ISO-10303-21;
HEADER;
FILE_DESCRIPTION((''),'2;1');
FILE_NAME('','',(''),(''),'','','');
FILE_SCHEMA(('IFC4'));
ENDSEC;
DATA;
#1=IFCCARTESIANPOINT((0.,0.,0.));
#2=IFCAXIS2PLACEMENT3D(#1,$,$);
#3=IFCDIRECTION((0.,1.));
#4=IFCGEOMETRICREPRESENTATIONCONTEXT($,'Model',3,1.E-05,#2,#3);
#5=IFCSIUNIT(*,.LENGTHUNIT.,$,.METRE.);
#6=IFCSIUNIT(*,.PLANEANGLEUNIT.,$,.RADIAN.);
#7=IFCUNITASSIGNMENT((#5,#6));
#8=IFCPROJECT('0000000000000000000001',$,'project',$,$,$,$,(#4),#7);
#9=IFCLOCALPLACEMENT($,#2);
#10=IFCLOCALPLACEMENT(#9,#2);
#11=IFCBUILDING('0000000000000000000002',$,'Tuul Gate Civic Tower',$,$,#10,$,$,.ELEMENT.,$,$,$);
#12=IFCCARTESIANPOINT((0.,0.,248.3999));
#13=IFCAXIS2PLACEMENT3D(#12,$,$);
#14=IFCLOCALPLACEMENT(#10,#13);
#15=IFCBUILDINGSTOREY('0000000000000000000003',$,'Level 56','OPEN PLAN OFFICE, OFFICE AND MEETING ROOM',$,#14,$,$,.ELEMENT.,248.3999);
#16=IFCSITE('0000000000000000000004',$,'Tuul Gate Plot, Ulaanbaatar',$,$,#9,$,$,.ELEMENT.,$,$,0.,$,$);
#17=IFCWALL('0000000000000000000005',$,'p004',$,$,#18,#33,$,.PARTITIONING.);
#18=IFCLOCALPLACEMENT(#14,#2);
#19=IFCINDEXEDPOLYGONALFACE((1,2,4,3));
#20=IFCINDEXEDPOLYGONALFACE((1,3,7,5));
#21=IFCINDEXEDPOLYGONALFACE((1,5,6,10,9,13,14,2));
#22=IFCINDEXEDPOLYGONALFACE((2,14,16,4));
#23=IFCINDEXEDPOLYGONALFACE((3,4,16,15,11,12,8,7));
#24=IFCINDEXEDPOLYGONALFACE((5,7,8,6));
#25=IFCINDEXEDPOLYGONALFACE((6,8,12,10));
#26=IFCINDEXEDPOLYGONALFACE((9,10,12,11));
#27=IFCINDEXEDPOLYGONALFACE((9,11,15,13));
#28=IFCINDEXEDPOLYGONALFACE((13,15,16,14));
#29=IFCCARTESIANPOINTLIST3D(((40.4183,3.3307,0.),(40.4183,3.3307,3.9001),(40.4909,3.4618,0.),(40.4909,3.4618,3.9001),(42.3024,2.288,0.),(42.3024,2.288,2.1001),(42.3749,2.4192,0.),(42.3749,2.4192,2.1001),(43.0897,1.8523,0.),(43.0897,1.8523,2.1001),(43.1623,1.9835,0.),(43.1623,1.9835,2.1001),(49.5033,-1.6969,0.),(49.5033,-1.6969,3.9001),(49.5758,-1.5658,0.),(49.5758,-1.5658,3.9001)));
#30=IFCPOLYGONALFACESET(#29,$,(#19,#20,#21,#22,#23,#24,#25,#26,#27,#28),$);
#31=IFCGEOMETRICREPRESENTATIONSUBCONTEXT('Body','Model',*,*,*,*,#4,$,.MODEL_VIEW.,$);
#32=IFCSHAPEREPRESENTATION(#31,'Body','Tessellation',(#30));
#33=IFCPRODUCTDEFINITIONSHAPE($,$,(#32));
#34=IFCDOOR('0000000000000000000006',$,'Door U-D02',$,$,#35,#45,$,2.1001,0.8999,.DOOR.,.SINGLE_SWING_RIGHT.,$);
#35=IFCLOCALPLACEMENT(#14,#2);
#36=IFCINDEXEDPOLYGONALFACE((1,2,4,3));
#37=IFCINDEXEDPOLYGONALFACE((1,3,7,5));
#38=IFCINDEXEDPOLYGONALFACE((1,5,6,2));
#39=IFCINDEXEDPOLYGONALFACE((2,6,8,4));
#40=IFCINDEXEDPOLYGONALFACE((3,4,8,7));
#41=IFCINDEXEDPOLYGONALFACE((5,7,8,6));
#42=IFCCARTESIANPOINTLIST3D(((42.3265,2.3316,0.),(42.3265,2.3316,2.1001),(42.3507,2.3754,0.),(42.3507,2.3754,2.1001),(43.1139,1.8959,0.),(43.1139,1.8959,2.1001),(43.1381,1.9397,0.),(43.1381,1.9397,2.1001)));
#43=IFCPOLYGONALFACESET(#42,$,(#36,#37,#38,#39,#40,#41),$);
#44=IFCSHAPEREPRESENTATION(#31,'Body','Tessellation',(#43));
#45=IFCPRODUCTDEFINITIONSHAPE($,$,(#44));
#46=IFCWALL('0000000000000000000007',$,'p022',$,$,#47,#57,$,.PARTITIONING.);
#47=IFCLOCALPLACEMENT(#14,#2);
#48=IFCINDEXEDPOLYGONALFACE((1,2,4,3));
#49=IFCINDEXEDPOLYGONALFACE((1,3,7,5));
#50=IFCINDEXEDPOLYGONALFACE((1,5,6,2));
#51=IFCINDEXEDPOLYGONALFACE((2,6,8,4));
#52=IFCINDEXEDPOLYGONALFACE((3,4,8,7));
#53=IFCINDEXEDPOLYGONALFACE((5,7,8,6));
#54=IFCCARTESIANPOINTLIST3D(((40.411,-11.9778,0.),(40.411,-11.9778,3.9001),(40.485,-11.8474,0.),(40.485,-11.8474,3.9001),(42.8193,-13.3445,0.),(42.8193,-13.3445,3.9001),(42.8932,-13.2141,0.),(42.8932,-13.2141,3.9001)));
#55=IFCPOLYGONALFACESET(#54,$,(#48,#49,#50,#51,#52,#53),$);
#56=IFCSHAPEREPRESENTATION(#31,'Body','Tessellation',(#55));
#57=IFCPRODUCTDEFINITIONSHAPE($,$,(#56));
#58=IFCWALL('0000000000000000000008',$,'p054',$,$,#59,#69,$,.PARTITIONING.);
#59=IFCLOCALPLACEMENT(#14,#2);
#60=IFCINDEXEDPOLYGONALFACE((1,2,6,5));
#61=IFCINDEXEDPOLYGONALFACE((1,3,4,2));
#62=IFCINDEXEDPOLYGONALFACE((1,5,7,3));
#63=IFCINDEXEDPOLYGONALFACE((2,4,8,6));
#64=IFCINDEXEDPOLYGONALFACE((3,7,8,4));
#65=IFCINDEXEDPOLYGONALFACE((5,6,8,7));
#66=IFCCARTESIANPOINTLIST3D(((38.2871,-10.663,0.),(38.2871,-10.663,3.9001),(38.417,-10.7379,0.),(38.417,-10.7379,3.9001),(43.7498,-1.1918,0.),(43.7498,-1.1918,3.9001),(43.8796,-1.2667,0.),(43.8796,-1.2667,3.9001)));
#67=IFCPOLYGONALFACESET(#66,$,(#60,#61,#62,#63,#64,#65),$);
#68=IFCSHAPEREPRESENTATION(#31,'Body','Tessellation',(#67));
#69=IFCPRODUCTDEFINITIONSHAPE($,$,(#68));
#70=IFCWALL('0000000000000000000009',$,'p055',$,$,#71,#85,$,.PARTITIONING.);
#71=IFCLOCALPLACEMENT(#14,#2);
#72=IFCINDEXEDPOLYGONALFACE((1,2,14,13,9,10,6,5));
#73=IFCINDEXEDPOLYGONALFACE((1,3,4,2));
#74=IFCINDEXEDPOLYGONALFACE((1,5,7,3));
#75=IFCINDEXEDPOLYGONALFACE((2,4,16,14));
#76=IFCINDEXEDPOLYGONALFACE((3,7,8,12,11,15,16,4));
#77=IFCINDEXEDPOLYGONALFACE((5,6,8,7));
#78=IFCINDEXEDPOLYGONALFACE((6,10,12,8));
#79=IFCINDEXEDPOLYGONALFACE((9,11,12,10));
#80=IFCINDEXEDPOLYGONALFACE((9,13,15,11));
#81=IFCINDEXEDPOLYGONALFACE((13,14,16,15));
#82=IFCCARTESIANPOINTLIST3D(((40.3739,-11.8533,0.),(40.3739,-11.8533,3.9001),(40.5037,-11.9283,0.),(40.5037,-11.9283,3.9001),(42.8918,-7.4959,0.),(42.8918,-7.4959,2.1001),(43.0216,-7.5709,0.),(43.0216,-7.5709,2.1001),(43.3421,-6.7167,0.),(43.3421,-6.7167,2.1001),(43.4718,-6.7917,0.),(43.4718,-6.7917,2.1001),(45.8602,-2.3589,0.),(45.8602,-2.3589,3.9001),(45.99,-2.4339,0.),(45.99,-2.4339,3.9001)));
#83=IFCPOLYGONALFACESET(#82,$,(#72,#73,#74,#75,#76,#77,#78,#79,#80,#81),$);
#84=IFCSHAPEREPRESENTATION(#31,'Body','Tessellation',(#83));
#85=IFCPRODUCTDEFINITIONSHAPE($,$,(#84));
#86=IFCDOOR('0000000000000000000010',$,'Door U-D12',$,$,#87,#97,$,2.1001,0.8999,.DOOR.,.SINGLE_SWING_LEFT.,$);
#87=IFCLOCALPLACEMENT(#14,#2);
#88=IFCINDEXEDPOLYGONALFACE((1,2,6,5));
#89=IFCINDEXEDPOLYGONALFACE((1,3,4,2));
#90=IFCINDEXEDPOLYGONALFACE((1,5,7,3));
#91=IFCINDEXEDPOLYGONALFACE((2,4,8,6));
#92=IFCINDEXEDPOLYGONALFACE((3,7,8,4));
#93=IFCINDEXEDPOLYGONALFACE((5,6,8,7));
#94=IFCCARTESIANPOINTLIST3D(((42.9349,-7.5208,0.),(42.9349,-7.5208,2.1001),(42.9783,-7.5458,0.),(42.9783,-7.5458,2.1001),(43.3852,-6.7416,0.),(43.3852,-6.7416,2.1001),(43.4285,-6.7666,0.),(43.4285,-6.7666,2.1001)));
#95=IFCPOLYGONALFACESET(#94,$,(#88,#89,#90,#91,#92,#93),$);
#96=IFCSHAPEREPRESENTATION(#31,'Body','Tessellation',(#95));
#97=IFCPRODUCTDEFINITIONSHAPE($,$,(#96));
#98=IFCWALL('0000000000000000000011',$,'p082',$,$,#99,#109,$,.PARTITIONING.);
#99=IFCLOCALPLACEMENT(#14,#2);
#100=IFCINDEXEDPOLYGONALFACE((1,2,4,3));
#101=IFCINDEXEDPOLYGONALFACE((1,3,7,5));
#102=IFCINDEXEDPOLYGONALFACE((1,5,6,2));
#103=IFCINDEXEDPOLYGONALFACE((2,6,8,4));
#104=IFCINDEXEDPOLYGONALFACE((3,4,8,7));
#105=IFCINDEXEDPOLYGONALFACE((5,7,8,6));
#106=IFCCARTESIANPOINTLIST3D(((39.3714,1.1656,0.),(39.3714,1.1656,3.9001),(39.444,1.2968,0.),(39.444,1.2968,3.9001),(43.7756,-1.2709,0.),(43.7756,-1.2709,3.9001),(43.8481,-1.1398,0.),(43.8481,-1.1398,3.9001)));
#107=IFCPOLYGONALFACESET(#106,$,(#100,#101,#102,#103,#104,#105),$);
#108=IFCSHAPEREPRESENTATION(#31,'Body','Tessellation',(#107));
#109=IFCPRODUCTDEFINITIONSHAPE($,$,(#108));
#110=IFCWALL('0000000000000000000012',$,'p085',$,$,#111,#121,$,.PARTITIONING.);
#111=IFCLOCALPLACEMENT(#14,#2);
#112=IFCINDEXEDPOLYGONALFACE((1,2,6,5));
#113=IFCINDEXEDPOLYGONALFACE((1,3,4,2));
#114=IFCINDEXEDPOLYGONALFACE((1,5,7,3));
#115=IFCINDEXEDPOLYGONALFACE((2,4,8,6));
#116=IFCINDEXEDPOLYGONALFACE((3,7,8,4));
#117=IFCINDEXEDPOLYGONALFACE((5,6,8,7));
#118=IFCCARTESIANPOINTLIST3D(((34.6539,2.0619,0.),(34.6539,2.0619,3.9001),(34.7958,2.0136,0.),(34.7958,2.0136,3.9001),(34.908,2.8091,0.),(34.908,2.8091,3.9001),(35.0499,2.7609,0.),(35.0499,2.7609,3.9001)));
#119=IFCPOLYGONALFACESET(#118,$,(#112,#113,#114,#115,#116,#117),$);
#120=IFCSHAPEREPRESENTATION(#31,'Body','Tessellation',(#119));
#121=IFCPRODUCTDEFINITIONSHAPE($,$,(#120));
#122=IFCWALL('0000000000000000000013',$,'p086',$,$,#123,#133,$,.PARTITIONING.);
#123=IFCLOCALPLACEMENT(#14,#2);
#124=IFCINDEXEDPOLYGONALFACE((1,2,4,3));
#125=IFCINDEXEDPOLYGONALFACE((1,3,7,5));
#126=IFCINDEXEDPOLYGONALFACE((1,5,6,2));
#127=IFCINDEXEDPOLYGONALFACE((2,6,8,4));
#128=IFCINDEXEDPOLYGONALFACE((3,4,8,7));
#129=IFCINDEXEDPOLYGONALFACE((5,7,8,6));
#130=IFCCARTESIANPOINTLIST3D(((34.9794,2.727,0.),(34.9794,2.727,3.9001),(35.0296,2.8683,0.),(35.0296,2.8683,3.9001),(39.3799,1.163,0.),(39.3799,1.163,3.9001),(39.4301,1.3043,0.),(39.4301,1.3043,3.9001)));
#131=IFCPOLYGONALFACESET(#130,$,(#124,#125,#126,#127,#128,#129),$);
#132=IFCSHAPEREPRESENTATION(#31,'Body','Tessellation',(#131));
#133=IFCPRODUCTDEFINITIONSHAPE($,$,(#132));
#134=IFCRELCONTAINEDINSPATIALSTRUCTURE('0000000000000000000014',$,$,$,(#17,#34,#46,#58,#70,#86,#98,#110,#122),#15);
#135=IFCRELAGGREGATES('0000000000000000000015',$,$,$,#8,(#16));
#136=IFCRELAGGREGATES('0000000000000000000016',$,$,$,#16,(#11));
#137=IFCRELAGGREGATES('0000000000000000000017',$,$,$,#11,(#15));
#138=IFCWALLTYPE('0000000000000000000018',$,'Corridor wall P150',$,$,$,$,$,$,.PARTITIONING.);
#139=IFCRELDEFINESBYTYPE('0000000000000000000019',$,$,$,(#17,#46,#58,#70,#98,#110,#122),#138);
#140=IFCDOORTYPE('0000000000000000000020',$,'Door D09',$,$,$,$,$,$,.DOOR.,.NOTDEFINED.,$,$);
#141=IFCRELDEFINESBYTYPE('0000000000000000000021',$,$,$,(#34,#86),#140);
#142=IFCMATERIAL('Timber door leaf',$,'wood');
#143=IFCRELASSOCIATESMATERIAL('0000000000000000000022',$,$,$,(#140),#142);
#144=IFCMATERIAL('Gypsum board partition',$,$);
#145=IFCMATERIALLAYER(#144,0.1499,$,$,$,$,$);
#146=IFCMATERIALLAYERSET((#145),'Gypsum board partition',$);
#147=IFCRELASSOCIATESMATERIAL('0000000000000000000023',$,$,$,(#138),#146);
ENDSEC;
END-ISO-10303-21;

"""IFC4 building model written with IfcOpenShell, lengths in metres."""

from ifc_helpers import new_model, si_unit, direction, frame, frame_2d, origin, place, context, subcontext, project, spatial, rectangle, extrude, material, layer, layer_set, type_object, element, fill, save


model = new_model("IFC4")

# Units and contexts
model_context = context("Model", 3, precision=1e-05, world=origin(), true_north=direction((0.0, 1.0)))
body_context = subcontext(model_context, "Body", "Model", "MODEL_VIEW")
ifc_project = project(units=[si_unit("LENGTHUNIT", "METRE"), si_unit("PLANEANGLEUNIT", "RADIAN")], contexts=[model_context])

# Site, building, storey
site_placement = place(None, origin())
site = spatial("IfcSite", under=ifc_project, at=site_placement, Name="Tuul Gate Plot, Ulaanbaatar", CompositionType="ELEMENT", RefElevation=0.0)
building_placement = place(site_placement, origin())
building = spatial("IfcBuilding", under=site, at=building_placement, Name="Tuul Gate Civic Tower", CompositionType="ELEMENT")
storey_placement = place(building_placement, frame((0.0, 0.0, 248.3999)))
storey = spatial("IfcBuildingStorey", under=building, at=storey_placement, Name="Level 56", Description="OPEN PLAN OFFICE, OFFICE AND MEETING ROOM", CompositionType="ELEMENT", Elevation=248.3999)

# Shared definitions
ifc_material_1 = material(Name="Timber door leaf", Category="wood")
door_type = type_object("IfcDoorType", Name="Door D09", OperationType="NOTDEFINED", PredefinedType="DOOR", material=ifc_material_1)

# Wall, opening, door
ifc_material_2 = material(Name="Gypsum board partition")
ifc_layer_1 = layer(ifc_material_2, 0.1499)
ifc_layer_set_1 = layer_set([ifc_layer_1], Name="Gypsum board partition")
wall_type_1 = type_object("IfcWallType", Name="Corridor wall P150", PredefinedType="PARTITIONING", material=ifc_layer_set_1)
wall_1_placement = place(storey_placement, frame((40.4546, 3.3962, 0.0), z_axis=(0.0, 0.0, 1.0), x_axis=(0.874958, -0.484199, 0.0)))
wall_1 = element("IfcWall", 1, at=wall_1_placement, inside=storey, type_object=wall_type_1, Name="p004", PredefinedType="PARTITIONING", context=body_context, shape_type="SweptSolid", body=[
    extrude(rectangle(XDim=10.3833, YDim=0.1499, at=frame_2d((5.1917, 0.0))), origin(), (0.0, 0.0, 1.0), 3.9001),
])
opening_1_placement = place(wall_1_placement, frame((2.1533, 0.0, 0.0)))
opening_1 = element("IfcOpeningElement", 2, at=opening_1_placement, cuts=wall_1, PredefinedType="OPENING", context=body_context, shape_type="SweptSolid", body=[
    extrude(rectangle(XDim=0.8999, YDim=2.1001, at=frame_2d((0.45, 1.05))), frame((0.0, 0.085, 0.0), z_axis=(0.0, -1.0, 0.0), x_axis=(1.0, 0.0, 0.0)), (0.0, 0.0, 1.0), 0.1699),
])
door_1_placement = place(opening_1_placement, origin())
door_1 = element("IfcDoor", 3, at=door_1_placement, inside=storey, type_object=door_type, Name="Door U-D02", OperationType="SINGLE_SWING_RIGHT", OverallHeight=2.1001, OverallWidth=0.8999, PredefinedType="DOOR", context=body_context, shape_type="SweptSolid", body=[
    extrude(rectangle(XDim=0.8999, YDim=2.1001, at=frame_2d((0.45, 1.05))), frame((0.0, 0.0249, 0.0), z_axis=(0.0, -1.0, 0.0), x_axis=(1.0, 0.0, 0.0)), (0.0, 0.0, 1.0), 0.05),
])
fill(opening_1, door_1)

# Walls
wall_2_placement = place(storey_placement, frame((40.448, -11.9126, 0.0), z_axis=(0.0, 0.0, 1.0), x_axis=(0.869704, -0.493573, 0.0)))
element("IfcWall", 4, at=wall_2_placement, inside=storey, type_object=wall_type_1, Name="p022", PredefinedType="PARTITIONING", context=body_context, shape_type="SweptSolid", body=[
    extrude(rectangle(XDim=2.769, YDim=0.1499, at=frame_2d((1.3845, 0.0))), origin(), (0.0, 0.0, 1.0), 3.9001),
])
wall_3_placement = place(storey_placement, frame((38.3521, -10.7004, 0.0), z_axis=(0.0, 0.0, 1.0), x_axis=(0.499619, 0.866245, 0.0)))
element("IfcWall", 5, at=wall_3_placement, inside=storey, type_object=wall_type_1, Name="p054", PredefinedType="PARTITIONING", context=body_context, shape_type="SweptSolid", body=[
    extrude(rectangle(XDim=10.9336, YDim=0.1499, at=frame_2d((5.4668, 0.0))), origin(), (0.0, 0.0, 1.0), 3.9001),
])

# Wall, opening, door
wall_4_placement = place(storey_placement, frame((40.4387, -11.8909, 0.0), z_axis=(0.0, 0.0, 1.0), x_axis=(0.500324, 0.865838, 0.0)))
wall_4 = element("IfcWall", 6, at=wall_4_placement, inside=storey, type_object=wall_type_1, Name="p055", PredefinedType="PARTITIONING", context=body_context, shape_type="SweptSolid", body=[
    extrude(rectangle(XDim=10.9656, YDim=0.1499, at=frame_2d((5.4829, 0.0))), origin(), (0.0, 0.0, 1.0), 3.9001),
])
opening_2_placement = place(wall_4_placement, frame((5.0327, 0.0, 0.0)))
opening_2 = element("IfcOpeningElement", 7, at=opening_2_placement, cuts=wall_4, PredefinedType="OPENING", context=body_context, shape_type="SweptSolid", body=[
    extrude(rectangle(XDim=0.8999, YDim=2.1001, at=frame_2d((0.45, 1.05))), frame((0.0, 0.085, 0.0), z_axis=(0.0, -1.0, 0.0), x_axis=(1.0, 0.0, 0.0)), (0.0, 0.0, 1.0), 0.1699),
])
door_2_placement = place(opening_2_placement, frame((0.8999, 0.0, 0.0), z_axis=(0.0, 0.0, 1.0), x_axis=(-1.0, 0.0, 0.0)))
door_2 = element("IfcDoor", 8, at=door_2_placement, inside=storey, type_object=door_type, Name="Door U-D12", OperationType="SINGLE_SWING_LEFT", OverallHeight=2.1001, OverallWidth=0.8999, PredefinedType="DOOR", context=body_context, shape_type="SweptSolid", body=[
    extrude(rectangle(XDim=0.8999, YDim=2.1001, at=frame_2d((0.45, 1.05))), frame((0.0, 0.0249, 0.0), z_axis=(0.0, -1.0, 0.0), x_axis=(1.0, 0.0, 0.0)), (0.0, 0.0, 1.0), 0.05),
])
fill(opening_2, door_2)

# Walls
wall_5_placement = place(storey_placement, frame((39.4077, 1.2312, 0.0), z_axis=(0.0, 0.0, 1.0), x_axis=(0.875014, -0.484098, 0.0)))
element("IfcWall", 9, at=wall_5_placement, inside=storey, type_object=wall_type_1, Name="p082", PredefinedType="PARTITIONING", context=body_context, shape_type="SweptSolid", body=[
    extrude(rectangle(XDim=5.0332, YDim=0.1499, at=frame_2d((2.5166, 0.0))), origin(), (0.0, 0.0, 1.0), 3.9001),
])
wall_6_placement = place(storey_placement, frame((34.7249, 2.0378, 0.0), z_axis=(0.0, 0.0, 1.0), x_axis=(0.321975, 0.946748, 0.0)))
element("IfcWall", 10, at=wall_6_placement, inside=storey, type_object=wall_type_1, Name="p085", PredefinedType="PARTITIONING", context=body_context, shape_type="SweptSolid", body=[
    extrude(rectangle(XDim=0.7893, YDim=0.1499, at=frame_2d((0.3945, 0.0))), origin(), (0.0, 0.0, 1.0), 3.9001),
])
wall_7_placement = place(storey_placement, frame((35.0046, 2.7976, 0.0), z_axis=(0.0, 0.0, 1.0), x_axis=(0.942256, -0.334892, 0.0)))
element("IfcWall", 11, at=wall_7_placement, inside=storey, type_object=wall_type_1, Name="p086", PredefinedType="PARTITIONING", context=body_context, shape_type="SweptSolid", body=[
    extrude(rectangle(XDim=4.6702, YDim=0.1499, at=frame_2d((2.335, 0.0))), origin(), (0.0, 0.0, 1.0), 3.9001),
])

save(model, "model.ifc")
